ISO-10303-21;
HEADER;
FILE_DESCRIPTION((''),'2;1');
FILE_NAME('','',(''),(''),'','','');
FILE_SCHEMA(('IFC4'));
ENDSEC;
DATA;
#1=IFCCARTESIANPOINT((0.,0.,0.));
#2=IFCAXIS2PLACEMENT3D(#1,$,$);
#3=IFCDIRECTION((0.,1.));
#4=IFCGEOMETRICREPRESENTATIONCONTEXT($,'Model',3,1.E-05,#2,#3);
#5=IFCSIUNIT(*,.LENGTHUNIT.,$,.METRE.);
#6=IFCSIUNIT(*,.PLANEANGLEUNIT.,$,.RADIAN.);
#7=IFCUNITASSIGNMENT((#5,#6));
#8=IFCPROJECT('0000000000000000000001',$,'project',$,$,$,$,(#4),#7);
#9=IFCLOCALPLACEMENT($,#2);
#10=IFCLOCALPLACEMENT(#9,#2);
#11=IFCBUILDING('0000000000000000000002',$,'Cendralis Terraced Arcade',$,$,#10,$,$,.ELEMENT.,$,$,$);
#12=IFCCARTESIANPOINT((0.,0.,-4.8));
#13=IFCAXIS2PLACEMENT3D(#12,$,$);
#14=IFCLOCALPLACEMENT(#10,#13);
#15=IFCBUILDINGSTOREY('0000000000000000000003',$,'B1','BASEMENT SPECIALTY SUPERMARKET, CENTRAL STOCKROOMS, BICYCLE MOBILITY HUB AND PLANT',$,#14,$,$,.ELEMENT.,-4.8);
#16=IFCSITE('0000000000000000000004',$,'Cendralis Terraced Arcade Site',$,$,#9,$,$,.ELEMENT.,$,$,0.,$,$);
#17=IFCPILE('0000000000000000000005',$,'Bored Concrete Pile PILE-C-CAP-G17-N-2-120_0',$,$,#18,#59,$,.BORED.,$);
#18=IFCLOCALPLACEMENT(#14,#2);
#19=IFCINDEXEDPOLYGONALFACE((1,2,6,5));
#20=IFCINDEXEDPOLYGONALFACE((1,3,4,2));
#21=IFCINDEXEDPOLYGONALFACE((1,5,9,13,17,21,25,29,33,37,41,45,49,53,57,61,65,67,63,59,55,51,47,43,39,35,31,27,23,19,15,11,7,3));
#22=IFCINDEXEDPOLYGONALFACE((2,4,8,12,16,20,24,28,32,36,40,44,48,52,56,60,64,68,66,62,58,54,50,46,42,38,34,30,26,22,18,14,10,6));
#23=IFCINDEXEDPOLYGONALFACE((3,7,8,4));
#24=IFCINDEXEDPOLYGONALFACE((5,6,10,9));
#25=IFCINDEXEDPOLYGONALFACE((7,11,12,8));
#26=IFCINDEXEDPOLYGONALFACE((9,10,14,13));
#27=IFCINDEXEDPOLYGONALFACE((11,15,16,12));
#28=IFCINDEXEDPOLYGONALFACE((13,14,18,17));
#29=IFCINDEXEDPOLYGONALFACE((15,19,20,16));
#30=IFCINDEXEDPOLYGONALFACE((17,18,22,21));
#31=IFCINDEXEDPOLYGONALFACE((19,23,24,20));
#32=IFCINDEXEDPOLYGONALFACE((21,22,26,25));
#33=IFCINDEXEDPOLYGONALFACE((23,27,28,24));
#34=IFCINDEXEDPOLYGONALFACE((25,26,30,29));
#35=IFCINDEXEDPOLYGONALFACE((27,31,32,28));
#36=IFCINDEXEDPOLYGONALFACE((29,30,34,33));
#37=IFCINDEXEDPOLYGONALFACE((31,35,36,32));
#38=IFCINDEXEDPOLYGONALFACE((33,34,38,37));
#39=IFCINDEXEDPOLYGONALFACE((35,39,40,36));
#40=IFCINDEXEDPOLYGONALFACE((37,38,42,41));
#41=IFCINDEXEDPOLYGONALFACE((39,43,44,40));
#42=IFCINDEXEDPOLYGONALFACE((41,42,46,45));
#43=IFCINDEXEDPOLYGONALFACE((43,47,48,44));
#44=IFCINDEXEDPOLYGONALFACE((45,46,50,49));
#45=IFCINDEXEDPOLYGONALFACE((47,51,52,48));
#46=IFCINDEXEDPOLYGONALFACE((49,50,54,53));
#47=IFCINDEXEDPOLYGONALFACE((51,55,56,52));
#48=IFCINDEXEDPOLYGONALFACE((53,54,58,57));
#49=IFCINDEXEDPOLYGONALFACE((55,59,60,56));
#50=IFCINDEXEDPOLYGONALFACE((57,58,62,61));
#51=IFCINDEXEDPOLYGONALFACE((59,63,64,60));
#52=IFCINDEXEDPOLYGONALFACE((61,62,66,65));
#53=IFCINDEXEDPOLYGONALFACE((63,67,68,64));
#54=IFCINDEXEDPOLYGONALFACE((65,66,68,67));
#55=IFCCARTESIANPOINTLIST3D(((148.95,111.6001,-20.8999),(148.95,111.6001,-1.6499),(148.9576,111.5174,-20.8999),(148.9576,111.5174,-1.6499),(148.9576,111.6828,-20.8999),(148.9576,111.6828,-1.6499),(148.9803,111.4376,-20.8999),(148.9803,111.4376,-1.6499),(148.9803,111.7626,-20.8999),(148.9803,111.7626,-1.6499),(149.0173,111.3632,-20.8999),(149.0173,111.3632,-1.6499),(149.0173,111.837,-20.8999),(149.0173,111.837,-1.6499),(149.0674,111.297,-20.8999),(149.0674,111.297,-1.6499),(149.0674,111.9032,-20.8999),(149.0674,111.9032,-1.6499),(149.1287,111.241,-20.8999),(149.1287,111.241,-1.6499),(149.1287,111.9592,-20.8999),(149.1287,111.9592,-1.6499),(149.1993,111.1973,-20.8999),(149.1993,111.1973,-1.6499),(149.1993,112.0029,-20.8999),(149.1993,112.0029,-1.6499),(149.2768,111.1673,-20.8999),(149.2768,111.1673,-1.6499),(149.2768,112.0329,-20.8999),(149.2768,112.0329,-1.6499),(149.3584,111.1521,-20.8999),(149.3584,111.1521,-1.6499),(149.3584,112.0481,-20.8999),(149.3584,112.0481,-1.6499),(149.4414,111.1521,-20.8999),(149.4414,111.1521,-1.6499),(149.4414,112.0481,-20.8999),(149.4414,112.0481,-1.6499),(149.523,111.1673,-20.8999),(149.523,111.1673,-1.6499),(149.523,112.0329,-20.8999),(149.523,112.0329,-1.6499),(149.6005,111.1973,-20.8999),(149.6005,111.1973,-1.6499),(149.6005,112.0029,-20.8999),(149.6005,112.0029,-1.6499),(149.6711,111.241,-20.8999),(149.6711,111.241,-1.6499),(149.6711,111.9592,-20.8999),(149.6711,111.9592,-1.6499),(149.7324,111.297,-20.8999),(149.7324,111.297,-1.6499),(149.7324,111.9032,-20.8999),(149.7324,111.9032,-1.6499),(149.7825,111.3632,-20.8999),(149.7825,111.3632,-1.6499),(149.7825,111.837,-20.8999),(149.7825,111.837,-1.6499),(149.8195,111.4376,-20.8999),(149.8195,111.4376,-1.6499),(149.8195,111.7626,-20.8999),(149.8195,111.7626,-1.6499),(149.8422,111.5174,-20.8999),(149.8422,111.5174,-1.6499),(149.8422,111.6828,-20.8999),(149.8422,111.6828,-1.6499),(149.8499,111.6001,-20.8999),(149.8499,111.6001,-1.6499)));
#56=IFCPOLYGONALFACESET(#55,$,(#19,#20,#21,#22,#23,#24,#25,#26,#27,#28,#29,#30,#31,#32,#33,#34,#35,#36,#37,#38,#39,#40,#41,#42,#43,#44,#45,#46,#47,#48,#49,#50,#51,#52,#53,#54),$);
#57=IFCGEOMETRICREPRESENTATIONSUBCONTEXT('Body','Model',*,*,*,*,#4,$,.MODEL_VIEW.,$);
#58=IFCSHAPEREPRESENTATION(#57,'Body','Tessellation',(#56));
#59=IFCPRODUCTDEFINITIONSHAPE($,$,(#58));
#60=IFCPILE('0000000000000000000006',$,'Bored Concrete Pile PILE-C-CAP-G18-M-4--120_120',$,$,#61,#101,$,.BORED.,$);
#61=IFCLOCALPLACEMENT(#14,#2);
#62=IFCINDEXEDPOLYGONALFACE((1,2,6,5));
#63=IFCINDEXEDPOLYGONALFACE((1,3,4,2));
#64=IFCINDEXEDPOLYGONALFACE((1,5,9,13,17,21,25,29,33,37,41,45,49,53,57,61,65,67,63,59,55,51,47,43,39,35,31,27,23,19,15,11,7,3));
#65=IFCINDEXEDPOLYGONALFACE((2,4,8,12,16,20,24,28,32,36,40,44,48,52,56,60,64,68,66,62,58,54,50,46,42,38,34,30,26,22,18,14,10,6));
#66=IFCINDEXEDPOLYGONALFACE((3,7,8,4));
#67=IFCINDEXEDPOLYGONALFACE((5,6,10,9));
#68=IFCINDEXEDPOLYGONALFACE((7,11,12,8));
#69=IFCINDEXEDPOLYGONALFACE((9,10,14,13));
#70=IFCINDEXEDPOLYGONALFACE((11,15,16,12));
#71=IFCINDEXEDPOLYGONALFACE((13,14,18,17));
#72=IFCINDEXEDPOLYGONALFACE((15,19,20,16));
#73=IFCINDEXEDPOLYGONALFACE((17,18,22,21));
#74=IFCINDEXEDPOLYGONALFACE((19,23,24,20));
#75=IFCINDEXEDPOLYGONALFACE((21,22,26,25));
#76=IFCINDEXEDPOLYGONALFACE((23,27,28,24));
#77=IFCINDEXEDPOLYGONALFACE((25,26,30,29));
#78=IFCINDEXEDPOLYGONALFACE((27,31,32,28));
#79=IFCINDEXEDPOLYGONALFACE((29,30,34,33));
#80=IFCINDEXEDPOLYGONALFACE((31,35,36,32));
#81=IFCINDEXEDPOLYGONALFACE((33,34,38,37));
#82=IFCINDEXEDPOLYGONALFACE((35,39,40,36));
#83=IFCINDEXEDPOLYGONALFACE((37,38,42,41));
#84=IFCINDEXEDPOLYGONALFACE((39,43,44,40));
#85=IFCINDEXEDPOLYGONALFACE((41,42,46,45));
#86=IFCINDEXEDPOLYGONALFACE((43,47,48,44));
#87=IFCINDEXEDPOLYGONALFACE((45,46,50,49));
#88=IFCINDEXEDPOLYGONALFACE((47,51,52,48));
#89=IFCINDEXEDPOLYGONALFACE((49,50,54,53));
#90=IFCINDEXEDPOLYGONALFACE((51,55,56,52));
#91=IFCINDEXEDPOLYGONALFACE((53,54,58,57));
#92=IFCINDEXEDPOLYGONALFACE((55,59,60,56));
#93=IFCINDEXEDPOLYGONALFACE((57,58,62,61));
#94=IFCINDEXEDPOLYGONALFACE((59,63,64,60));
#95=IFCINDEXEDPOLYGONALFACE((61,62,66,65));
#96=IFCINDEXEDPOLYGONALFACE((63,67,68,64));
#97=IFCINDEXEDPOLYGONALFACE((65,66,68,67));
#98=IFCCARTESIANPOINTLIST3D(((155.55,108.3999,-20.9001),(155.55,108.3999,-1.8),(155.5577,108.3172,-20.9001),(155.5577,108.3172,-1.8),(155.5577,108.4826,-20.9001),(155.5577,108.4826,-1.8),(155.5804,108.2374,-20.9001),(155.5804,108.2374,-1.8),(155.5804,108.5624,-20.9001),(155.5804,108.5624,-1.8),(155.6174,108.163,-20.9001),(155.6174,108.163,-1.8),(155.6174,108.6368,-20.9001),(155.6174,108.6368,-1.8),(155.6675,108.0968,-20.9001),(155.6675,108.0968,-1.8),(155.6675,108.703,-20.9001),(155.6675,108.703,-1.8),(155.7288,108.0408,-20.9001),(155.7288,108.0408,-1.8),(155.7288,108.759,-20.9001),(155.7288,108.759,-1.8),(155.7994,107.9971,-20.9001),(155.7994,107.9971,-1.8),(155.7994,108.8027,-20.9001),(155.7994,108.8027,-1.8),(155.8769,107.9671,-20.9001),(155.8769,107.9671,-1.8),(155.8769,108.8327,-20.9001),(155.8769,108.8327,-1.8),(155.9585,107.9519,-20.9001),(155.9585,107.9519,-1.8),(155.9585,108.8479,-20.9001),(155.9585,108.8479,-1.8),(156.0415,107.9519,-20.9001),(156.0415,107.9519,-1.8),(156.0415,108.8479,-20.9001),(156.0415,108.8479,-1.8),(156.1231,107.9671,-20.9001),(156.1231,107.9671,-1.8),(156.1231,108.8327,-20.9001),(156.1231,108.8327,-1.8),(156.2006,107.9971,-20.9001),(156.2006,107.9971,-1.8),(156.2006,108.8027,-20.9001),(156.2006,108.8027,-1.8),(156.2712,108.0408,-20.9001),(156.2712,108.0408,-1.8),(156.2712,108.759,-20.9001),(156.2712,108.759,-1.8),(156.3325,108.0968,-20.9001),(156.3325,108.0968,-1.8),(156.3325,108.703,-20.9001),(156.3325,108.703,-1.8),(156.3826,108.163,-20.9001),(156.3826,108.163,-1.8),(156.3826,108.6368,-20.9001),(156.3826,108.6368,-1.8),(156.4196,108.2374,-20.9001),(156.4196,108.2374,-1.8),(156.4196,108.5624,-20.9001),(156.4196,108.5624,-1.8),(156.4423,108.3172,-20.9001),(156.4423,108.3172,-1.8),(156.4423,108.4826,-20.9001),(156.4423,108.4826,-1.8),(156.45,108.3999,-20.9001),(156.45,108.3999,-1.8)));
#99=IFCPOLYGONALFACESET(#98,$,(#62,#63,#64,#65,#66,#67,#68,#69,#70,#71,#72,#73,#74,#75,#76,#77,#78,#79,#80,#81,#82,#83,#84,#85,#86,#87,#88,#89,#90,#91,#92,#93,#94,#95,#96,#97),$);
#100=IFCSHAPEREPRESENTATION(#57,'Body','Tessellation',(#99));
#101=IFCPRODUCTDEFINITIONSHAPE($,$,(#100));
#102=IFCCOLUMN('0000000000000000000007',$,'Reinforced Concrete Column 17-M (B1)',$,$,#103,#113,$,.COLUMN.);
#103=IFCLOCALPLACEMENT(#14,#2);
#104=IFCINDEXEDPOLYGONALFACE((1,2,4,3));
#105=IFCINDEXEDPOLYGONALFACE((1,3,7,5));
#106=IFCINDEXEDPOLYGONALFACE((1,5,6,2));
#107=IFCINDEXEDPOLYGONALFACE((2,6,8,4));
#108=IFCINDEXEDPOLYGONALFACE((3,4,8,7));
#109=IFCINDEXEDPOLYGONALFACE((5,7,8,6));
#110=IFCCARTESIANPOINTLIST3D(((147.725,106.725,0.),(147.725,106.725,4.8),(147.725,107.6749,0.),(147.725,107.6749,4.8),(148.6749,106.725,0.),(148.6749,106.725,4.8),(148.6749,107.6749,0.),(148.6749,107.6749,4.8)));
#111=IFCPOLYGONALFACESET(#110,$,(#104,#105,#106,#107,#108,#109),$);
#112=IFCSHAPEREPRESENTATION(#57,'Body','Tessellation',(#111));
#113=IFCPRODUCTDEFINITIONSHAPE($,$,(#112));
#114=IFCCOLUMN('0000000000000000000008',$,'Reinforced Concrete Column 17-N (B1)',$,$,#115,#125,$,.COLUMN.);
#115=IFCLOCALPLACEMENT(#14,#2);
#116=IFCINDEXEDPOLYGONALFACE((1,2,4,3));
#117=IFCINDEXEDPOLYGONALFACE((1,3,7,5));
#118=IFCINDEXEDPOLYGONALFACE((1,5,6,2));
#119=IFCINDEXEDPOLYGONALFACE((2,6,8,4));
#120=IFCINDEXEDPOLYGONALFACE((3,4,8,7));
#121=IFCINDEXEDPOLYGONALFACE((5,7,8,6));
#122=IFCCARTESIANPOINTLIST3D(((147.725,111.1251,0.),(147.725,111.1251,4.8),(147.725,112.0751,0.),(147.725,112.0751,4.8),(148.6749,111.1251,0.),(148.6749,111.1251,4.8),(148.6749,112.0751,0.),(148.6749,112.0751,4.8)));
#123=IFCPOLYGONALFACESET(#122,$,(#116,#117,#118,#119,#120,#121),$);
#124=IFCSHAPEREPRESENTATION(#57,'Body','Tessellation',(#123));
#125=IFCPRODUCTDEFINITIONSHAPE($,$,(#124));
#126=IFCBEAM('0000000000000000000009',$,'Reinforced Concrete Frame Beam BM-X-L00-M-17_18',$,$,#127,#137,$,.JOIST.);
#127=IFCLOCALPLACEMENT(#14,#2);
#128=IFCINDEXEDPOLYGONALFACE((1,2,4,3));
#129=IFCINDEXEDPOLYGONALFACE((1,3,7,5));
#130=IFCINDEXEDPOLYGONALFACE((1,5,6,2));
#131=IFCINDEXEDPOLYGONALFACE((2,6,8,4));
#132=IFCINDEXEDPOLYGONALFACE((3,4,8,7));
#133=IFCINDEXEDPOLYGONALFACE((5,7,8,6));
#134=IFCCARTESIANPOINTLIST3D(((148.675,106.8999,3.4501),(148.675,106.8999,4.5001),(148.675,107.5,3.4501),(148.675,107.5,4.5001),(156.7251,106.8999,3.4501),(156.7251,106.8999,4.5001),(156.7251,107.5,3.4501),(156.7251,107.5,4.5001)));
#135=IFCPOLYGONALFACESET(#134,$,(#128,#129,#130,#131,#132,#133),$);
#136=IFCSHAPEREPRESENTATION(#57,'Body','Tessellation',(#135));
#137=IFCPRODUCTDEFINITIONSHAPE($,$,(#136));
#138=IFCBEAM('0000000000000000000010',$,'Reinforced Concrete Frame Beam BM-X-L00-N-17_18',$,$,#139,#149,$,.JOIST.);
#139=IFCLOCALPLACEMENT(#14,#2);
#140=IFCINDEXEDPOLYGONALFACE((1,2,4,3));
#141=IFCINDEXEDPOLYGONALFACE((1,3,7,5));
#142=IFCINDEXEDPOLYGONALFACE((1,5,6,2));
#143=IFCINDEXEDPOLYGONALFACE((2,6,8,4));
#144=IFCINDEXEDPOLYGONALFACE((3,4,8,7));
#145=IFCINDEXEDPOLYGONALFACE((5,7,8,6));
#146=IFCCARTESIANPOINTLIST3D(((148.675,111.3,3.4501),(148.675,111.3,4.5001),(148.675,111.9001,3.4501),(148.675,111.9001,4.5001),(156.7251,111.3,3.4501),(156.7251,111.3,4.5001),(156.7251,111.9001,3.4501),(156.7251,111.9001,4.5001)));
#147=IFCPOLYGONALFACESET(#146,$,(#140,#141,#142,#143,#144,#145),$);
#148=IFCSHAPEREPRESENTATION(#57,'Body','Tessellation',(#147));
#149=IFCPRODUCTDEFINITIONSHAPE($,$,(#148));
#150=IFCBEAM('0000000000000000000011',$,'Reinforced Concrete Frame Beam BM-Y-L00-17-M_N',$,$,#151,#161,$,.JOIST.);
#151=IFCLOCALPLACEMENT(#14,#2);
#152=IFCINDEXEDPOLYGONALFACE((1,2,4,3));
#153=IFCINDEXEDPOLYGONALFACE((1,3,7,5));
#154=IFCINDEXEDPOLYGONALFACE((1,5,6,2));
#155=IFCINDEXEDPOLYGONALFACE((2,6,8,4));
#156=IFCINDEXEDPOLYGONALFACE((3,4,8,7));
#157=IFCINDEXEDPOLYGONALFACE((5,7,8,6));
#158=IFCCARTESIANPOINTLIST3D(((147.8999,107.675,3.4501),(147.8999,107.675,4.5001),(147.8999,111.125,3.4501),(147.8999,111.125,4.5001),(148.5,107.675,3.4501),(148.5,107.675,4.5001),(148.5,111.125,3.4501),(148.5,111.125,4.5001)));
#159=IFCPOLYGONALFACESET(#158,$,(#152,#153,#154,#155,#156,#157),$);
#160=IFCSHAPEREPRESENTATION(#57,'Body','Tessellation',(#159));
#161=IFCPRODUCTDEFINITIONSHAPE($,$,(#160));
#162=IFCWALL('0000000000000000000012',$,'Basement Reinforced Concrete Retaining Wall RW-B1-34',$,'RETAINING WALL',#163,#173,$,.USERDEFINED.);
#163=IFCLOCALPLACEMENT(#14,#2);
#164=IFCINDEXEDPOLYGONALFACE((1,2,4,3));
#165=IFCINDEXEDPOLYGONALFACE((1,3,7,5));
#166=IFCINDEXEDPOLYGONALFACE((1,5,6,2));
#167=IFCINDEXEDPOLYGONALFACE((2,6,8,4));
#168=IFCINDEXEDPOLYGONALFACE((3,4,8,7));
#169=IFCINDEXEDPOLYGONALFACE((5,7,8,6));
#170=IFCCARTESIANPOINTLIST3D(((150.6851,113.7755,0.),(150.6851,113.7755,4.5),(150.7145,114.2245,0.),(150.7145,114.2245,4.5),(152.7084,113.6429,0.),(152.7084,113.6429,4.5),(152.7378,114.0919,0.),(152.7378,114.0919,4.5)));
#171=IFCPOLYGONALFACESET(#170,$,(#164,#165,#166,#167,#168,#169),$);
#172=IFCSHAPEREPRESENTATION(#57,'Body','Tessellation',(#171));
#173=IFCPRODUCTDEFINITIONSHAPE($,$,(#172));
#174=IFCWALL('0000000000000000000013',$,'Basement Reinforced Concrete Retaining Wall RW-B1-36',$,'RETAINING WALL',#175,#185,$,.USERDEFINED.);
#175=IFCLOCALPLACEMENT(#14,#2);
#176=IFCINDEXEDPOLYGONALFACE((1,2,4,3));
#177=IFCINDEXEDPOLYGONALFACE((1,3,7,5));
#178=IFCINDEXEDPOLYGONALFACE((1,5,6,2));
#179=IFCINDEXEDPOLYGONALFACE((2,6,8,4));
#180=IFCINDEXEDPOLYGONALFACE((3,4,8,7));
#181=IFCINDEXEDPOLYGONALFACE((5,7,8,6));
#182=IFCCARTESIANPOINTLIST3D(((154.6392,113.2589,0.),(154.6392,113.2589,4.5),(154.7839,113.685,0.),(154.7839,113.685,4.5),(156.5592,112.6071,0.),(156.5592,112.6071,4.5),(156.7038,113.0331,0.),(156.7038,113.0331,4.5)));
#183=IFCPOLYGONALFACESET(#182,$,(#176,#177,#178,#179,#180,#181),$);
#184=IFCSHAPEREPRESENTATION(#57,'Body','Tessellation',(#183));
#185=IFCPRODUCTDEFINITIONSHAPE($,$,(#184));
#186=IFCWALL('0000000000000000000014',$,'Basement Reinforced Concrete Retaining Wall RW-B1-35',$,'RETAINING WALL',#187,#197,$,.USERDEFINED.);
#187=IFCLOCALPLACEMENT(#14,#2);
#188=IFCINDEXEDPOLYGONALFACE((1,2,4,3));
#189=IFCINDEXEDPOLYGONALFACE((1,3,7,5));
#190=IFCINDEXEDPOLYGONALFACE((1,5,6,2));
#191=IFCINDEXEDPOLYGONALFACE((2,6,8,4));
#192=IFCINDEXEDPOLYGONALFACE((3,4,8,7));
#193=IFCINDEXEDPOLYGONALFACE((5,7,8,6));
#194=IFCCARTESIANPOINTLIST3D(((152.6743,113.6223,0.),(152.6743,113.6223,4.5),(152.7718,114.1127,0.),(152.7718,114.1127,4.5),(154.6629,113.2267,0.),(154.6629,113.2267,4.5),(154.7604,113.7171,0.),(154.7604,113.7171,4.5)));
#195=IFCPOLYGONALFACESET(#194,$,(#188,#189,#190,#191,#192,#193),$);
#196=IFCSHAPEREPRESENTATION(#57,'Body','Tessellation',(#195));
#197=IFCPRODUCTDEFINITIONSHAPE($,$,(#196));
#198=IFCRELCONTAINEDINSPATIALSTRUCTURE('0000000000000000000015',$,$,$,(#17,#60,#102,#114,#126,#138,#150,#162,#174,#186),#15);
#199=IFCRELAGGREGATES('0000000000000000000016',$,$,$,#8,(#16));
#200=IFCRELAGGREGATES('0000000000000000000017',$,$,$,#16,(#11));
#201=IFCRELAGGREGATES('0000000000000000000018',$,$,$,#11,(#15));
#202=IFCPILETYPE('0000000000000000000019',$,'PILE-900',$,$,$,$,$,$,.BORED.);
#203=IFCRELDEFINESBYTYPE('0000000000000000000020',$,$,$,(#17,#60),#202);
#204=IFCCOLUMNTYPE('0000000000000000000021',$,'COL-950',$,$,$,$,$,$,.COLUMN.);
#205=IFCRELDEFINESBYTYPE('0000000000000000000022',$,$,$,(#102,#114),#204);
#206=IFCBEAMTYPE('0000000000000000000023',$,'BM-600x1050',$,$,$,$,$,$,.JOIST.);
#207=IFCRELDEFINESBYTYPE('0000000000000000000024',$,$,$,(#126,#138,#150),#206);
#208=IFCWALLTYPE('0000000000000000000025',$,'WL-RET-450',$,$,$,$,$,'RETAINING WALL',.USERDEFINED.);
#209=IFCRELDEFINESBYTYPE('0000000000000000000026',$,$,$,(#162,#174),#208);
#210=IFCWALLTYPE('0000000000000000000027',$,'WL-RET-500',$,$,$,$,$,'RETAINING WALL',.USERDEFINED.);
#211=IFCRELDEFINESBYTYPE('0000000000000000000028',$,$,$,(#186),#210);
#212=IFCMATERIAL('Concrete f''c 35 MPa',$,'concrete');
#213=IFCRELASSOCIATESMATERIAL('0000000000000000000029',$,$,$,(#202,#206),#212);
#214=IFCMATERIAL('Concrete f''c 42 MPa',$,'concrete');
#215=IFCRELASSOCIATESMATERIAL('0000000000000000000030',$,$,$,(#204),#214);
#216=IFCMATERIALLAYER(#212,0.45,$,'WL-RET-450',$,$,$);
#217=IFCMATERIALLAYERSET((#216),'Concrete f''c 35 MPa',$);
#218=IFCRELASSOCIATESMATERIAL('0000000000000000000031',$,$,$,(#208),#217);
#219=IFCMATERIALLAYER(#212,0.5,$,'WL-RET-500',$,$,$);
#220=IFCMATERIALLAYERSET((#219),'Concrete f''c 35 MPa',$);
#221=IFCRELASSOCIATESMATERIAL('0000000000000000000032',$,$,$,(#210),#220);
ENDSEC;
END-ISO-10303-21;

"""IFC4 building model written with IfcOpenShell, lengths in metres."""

from ifc_helpers import new_model, si_unit, direction, frame, frame_2d, origin, origin_2d, place, context, subcontext, project, spatial, rectangle, circle, extrude, material, layer, layer_set, material_profile, profile_set, type_object, element, save


model = new_model("IFC4")

# Units and contexts
model_context = context("Model", 3, precision=1e-05, world=origin(), true_north=direction((0.0, 1.0)))
body_context = subcontext(model_context, "Body", "Model", "MODEL_VIEW")
ifc_project = project(units=[si_unit("LENGTHUNIT", "METRE"), si_unit("PLANEANGLEUNIT", "RADIAN")], contexts=[model_context])

# Site, building, storey
site_placement = place(None, origin())
site = spatial("IfcSite", under=ifc_project, at=site_placement, Name="Cendralis Terraced Arcade Site", CompositionType="ELEMENT", RefElevation=0.0)
building_placement = place(site_placement, origin())
building = spatial("IfcBuilding", under=site, at=building_placement, Name="Cendralis Terraced Arcade", CompositionType="ELEMENT")
storey_placement = place(building_placement, frame((0.0, 0.0, -4.8)))
storey = spatial("IfcBuildingStorey", under=building, at=storey_placement, Name="B1", Description="BASEMENT SPECIALTY SUPERMARKET, CENTRAL STOCKROOMS, BICYCLE MOBILITY HUB AND PLANT", CompositionType="ELEMENT", Elevation=-4.8)

# Shared definitions
ifc_material_1 = material(Name="Concrete f'c 35 MPa", Category="concrete")

# Piles
ifc_material_profile_1 = material_profile(ifc_material_1, circle(Radius=0.45, at=origin_2d()), Name="PILE-D900", Category="LoadBearing")
ifc_profile_set_1 = profile_set([ifc_material_profile_1], Name="Concrete f'c 35 MPa")
pile_type_1 = type_object("IfcPileType", Name="PILE-900", PredefinedType="BORED", material=ifc_profile_set_1)
for number, where, z_axis, x_axis, name in (
    (1, (149.3999, 111.6001, -1.6499), (0.0, 0.0, -1.0), (1.0, 0.0, 0.0), "Bored Concrete Pile PILE-C-CAP-G17-N-2-120_0"),
):
    element("IfcPile", number, at=place(storey_placement, frame(where, z_axis=z_axis, x_axis=x_axis)), inside=storey, type_object=pile_type_1, Name=name, PredefinedType="BORED", context=body_context, shape_type="SweptSolid", body=[
        extrude(circle(Radius=0.45, at=origin_2d()), origin(), (0.0, 0.0, 1.0), 19.25),
    ])
pile_1_placement = place(storey_placement, frame((156.0, 108.3999, -1.8), z_axis=(0.0, 0.0, -1.0), x_axis=(1.0, 0.0, 0.0)))
element("IfcPile", 2, at=pile_1_placement, inside=storey, type_object=pile_type_1, Name="Bored Concrete Pile PILE-C-CAP-G18-M-4--120_120", PredefinedType="BORED", context=body_context, shape_type="SweptSolid", body=[
    extrude(circle(Radius=0.45, at=origin_2d()), origin(), (0.0, 0.0, 1.0), 19.1001),
])

# Columns
ifc_material_2 = material(Name="Concrete f'c 42 MPa", Category="concrete")
ifc_material_profile_2 = material_profile(ifc_material_2, rectangle(XDim=0.95, YDim=0.95, at=origin_2d()), Name="RC-COL-950x950", Category="LoadBearing")
ifc_profile_set_2 = profile_set([ifc_material_profile_2], Name="Concrete f'c 42 MPa")
column_type = type_object("IfcColumnType", Name="COL-950", PredefinedType="COLUMN", material=ifc_profile_set_2)
for number, where, z_axis, x_axis, name in (
    (3, (148.2, 107.2, 0.0), (0.0, 0.0, 1.0), (1.0, 0.0, 0.0), "Reinforced Concrete Column 17-M (B1)"),
    (4, (148.2, 111.6001, 0.0), (0.0, 0.0, 1.0), (1.0, 0.0, 0.0), "Reinforced Concrete Column 17-N (B1)"),
):
    element("IfcColumn", number, at=place(storey_placement, frame(where, z_axis=z_axis, x_axis=x_axis)), inside=storey, type_object=column_type, Name=name, PredefinedType="COLUMN", context=body_context, shape_type="SweptSolid", body=[
        extrude(rectangle(XDim=0.95, YDim=0.95, at=origin_2d()), origin(), (0.0, 0.0, 1.0), 4.8),
    ])

# Beams
ifc_material_profile_3 = material_profile(ifc_material_1, rectangle(XDim=0.6001, YDim=1.05, at=origin_2d()), Name="RC-BM-600x1050", Category="LoadBearing")
ifc_profile_set_3 = profile_set([ifc_material_profile_3], Name="Concrete f'c 35 MPa")
beam_type = type_object("IfcBeamType", Name="BM-600x1050", PredefinedType="JOIST", material=ifc_profile_set_3)
for number, where, z_axis, x_axis, name in (
    (5, (148.675, 107.2, 3.9751), (1.0, 0.0, 0.0), (0.0, 1.0, 0.0), "Reinforced Concrete Frame Beam BM-X-L00-M-17_18"),
    (6, (148.675, 111.6001, 3.9751), (1.0, 0.0, 0.0), (0.0, 1.0, 0.0), "Reinforced Concrete Frame Beam BM-X-L00-N-17_18"),
):
    element("IfcBeam", number, at=place(storey_placement, frame(where, z_axis=z_axis, x_axis=x_axis)), inside=storey, type_object=beam_type, Name=name, PredefinedType="JOIST", context=body_context, shape_type="SweptSolid", body=[
        extrude(rectangle(XDim=0.6001, YDim=1.05, at=origin_2d()), origin(), (0.0, 0.0, 1.0), 8.05),
    ])
beam_placement = place(storey_placement, frame((148.2, 107.675, 3.9751), z_axis=(0.0, 1.0, 0.0), x_axis=(-1.0, 0.0, 0.0)))
element("IfcBeam", 7, at=beam_placement, inside=storey, type_object=beam_type, Name="Reinforced Concrete Frame Beam BM-Y-L00-17-M_N", PredefinedType="JOIST", context=body_context, shape_type="SweptSolid", body=[
    extrude(rectangle(XDim=0.6001, YDim=1.05, at=origin_2d()), origin(), (0.0, 0.0, 1.0), 3.45),
])

# Walls
ifc_layer_1 = layer(ifc_material_1, 0.45, Name="WL-RET-450")
ifc_layer_set_1 = layer_set([ifc_layer_1], Name="Concrete f'c 35 MPa")
wall_type_1 = type_object("IfcWallType", Name="WL-RET-450", ElementType="RETAINING WALL", PredefinedType="USERDEFINED", material=ifc_layer_set_1)
for number, where, z_axis, x_axis, name in (
    (8, (150.7, 114.0, 0.0), (0.0, 0.0, 1.0), (0.99786, -0.065384, 0.0), "Basement Reinforced Concrete Retaining Wall RW-B1-34"),
    (9, (154.7117, 113.4719, 0.0), (0.0, 0.0, 1.0), (0.946911, -0.321497, 0.0), "Basement Reinforced Concrete Retaining Wall RW-B1-36"),
):
    element("IfcWall", number, at=place(storey_placement, frame(where, z_axis=z_axis, x_axis=x_axis)), inside=storey, type_object=wall_type_1, Name=name, ObjectType="RETAINING WALL", PredefinedType="USERDEFINED", context=body_context, shape_type="SweptSolid", body=[
        extrude(rectangle(XDim=2.0276, YDim=0.45, at=frame_2d((1.0137, 0.0))), origin(), (0.0, 0.0, 1.0), 4.5),
    ])
ifc_layer_2 = layer(ifc_material_1, 0.5, Name="WL-RET-500")
ifc_layer_set_2 = layer_set([ifc_layer_2], Name="Concrete f'c 35 MPa")
wall_type_2 = type_object("IfcWallType", Name="WL-RET-500", ElementType="RETAINING WALL", PredefinedType="USERDEFINED", material=ifc_layer_set_2)
wall_1_placement = place(storey_placement, frame((152.7231, 113.8674, 0.0), z_axis=(0.0, 0.0, 1.0), x_axis=(0.980789, -0.195074, 0.0)))
element("IfcWall", 10, at=wall_1_placement, inside=storey, type_object=wall_type_2, Name="Basement Reinforced Concrete Retaining Wall RW-B1-35", ObjectType="RETAINING WALL", PredefinedType="USERDEFINED", context=body_context, shape_type="SweptSolid", body=[
    extrude(rectangle(XDim=2.0276, YDim=0.5, at=frame_2d((1.0137, 0.0))), origin(), (0.0, 0.0, 1.0), 4.5),
])

save(model, "model.ifc")
